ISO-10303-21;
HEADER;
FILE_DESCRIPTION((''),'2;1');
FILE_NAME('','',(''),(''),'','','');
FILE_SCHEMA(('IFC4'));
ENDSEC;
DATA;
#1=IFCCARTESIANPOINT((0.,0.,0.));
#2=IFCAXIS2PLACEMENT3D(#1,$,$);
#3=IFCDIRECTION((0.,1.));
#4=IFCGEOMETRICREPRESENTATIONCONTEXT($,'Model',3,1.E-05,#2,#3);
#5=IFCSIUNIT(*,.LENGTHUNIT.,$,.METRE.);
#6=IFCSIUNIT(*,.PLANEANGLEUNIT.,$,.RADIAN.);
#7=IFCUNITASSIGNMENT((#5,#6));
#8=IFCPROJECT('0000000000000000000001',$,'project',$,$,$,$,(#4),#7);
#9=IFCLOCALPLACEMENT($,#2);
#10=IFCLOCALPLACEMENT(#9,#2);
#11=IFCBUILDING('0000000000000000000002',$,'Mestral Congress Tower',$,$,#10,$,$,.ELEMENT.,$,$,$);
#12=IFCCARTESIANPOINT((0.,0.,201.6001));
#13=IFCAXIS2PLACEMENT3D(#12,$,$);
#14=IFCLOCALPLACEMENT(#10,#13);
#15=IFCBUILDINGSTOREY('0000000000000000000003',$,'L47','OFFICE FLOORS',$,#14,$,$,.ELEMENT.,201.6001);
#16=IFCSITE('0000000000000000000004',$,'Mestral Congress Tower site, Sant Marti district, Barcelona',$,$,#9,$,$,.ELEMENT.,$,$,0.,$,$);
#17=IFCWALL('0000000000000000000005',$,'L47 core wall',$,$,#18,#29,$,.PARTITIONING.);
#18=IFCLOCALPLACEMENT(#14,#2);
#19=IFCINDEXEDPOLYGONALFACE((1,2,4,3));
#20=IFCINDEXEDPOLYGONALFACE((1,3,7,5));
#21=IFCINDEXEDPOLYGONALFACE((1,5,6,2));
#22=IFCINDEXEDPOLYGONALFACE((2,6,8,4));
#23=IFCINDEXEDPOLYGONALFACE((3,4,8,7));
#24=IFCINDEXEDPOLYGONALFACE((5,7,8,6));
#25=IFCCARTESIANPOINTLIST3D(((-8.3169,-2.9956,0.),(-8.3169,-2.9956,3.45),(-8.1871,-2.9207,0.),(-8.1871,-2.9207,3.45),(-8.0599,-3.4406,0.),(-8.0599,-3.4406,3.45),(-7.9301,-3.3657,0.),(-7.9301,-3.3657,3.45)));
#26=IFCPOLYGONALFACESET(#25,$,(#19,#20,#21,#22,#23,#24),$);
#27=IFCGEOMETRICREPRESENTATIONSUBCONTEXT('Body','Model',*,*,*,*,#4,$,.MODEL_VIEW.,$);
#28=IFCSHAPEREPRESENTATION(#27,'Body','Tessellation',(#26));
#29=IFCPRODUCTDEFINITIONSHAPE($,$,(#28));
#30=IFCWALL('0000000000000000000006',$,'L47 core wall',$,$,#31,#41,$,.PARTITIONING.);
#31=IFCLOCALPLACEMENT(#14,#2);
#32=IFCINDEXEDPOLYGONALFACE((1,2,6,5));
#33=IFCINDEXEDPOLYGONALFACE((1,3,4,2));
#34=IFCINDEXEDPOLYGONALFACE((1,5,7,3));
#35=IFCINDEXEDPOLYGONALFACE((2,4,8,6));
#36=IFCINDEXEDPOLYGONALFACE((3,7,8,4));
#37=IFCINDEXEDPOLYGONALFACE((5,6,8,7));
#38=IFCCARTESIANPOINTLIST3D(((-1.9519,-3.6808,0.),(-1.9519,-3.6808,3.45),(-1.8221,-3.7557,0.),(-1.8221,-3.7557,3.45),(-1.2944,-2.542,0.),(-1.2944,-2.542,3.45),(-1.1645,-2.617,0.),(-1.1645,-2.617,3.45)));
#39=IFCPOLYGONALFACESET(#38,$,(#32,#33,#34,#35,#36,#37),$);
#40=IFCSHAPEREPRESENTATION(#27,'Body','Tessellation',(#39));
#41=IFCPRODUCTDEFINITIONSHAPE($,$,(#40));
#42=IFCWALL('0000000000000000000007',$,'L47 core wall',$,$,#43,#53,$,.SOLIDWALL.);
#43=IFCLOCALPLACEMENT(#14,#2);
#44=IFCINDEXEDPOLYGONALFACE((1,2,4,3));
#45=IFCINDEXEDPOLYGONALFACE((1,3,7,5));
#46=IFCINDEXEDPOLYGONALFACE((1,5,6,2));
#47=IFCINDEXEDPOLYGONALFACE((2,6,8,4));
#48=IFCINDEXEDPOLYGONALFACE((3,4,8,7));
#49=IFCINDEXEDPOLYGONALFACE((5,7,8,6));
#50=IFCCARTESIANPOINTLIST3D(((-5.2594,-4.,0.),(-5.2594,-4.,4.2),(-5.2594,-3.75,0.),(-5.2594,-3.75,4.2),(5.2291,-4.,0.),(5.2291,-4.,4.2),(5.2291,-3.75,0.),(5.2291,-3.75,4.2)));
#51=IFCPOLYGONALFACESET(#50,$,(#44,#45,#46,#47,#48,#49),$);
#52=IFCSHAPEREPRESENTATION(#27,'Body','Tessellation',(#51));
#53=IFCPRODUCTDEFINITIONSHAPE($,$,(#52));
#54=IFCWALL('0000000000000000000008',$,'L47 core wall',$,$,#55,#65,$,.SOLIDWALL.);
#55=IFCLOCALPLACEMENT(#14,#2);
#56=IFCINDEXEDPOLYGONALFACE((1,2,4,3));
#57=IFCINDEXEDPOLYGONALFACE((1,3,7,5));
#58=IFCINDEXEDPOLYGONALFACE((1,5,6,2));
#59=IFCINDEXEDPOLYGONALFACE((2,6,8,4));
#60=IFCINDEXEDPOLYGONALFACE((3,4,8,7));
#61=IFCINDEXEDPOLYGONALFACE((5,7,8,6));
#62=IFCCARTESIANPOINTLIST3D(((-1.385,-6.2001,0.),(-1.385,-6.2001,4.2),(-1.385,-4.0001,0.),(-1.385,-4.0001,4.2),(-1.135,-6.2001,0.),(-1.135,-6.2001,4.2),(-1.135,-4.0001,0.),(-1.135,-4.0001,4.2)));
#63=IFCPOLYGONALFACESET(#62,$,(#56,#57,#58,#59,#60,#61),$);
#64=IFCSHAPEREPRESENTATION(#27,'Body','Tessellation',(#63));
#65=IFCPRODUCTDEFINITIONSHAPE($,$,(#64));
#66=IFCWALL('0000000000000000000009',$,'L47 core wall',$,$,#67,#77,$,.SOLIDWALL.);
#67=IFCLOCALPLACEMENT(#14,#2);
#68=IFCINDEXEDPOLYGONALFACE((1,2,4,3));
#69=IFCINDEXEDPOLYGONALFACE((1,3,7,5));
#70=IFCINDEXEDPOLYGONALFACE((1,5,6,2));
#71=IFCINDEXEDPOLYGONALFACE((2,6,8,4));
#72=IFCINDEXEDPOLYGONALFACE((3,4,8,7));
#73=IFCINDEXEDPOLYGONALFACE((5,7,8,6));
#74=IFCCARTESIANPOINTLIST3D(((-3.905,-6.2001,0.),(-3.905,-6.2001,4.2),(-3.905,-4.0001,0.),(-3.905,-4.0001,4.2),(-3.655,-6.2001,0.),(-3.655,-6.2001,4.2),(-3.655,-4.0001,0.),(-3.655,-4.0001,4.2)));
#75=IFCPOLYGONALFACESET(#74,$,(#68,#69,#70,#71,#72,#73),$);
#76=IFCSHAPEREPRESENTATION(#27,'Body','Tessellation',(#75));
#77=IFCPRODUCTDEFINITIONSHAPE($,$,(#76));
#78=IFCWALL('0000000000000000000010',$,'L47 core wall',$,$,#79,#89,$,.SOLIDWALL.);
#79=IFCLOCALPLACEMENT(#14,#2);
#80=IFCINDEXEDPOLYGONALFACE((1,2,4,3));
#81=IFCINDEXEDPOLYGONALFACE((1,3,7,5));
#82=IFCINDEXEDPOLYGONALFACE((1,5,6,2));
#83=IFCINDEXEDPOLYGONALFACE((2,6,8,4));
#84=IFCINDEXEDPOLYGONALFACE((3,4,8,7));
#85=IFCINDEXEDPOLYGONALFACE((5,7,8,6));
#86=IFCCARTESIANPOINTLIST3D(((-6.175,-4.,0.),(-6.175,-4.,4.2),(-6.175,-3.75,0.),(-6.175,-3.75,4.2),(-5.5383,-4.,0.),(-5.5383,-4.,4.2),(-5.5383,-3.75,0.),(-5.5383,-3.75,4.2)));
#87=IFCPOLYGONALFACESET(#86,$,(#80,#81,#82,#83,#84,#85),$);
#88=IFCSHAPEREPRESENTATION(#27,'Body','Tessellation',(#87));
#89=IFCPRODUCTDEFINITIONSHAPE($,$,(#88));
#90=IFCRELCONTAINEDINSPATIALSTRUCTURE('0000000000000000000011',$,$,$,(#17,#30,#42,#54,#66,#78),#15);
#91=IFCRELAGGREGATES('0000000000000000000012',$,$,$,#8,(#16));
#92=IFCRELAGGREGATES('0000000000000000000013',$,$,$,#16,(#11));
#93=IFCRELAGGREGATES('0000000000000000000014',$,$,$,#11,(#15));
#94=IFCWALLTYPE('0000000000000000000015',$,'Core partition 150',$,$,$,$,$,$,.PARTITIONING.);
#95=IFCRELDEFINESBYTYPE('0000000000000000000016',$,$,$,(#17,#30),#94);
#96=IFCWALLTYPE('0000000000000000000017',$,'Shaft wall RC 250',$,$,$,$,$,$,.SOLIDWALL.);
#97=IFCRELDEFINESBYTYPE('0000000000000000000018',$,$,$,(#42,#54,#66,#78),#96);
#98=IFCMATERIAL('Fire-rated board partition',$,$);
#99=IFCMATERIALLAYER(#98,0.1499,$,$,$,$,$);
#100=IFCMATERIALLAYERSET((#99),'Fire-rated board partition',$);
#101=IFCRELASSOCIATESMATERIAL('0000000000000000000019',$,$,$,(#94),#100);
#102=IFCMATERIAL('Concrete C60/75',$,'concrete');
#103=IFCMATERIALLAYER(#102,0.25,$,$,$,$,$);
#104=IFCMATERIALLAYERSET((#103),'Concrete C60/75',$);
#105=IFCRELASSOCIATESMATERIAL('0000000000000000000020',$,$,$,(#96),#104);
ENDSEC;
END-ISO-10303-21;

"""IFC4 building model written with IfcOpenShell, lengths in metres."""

from ifc_helpers import new_model, si_unit, direction, frame, frame_2d, origin, place, context, subcontext, project, spatial, rectangle, extrude, material, layer, layer_set, type_object, element, save


model = new_model("IFC4")

# Units and contexts
model_context = context("Model", 3, precision=1e-05, world=origin(), true_north=direction((0.0, 1.0)))
body_context = subcontext(model_context, "Body", "Model", "MODEL_VIEW")
ifc_project = project(units=[si_unit("LENGTHUNIT", "METRE"), si_unit("PLANEANGLEUNIT", "RADIAN")], contexts=[model_context])

# Site, building, storey
site_placement = place(None, origin())
site = spatial("IfcSite", under=ifc_project, at=site_placement, Name="Mestral Congress Tower site, Sant Marti district, Barcelona", CompositionType="ELEMENT", RefElevation=0.0)
building_placement = place(site_placement, origin())
building = spatial("IfcBuilding", under=site, at=building_placement, Name="Mestral Congress Tower", CompositionType="ELEMENT")
storey_placement = place(building_placement, frame((0.0, 0.0, 201.6001)))
storey = spatial("IfcBuildingStorey", under=building, at=storey_placement, Name="L47", Description="OFFICE FLOORS", CompositionType="ELEMENT", Elevation=201.6001)

# Walls
ifc_material_1 = material(Name="Fire-rated board partition")
ifc_layer_1 = layer(ifc_material_1, 0.1499)
ifc_layer_set_1 = layer_set([ifc_layer_1], Name="Fire-rated board partition")
wall_type_1 = type_object("IfcWallType", Name="Core partition 150", PredefinedType="PARTITIONING", material=ifc_layer_set_1)
wall_1_placement = place(storey_placement, frame((-8.252, -2.9583, 0.0), z_axis=(0.0, 0.0, 1.0), x_axis=(0.500175, -0.865925, 0.0)))
element("IfcWall", 1, at=wall_1_placement, inside=storey, type_object=wall_type_1, Name="L47 core wall", PredefinedType="PARTITIONING", context=body_context, shape_type="SweptSolid", body=[
    extrude(rectangle(XDim=0.5139, YDim=0.1499, at=frame_2d((0.2568, 0.0))), origin(), (0.0, 0.0, 1.0), 3.45),
])
wall_2_placement = place(storey_placement, frame((-1.887, -3.7183, 0.0), z_axis=(0.0, 0.0, 1.0), x_axis=(0.500033, 0.866006, 0.0)))
element("IfcWall", 2, at=wall_2_placement, inside=storey, type_object=wall_type_1, Name="L47 core wall", PredefinedType="PARTITIONING", context=body_context, shape_type="SweptSolid", body=[
    extrude(rectangle(XDim=1.3149, YDim=0.1499, at=frame_2d((0.6575, 0.0))), origin(), (0.0, 0.0, 1.0), 3.45),
])
ifc_material_2 = material(Name="Concrete C60/75", Category="concrete")
ifc_layer_2 = layer(ifc_material_2, 0.25)
ifc_layer_set_2 = layer_set([ifc_layer_2], Name="Concrete C60/75")
wall_type_2 = type_object("IfcWallType", Name="Shaft wall RC 250", PredefinedType="SOLIDWALL", material=ifc_layer_set_2)
wall_3_placement = place(storey_placement, frame((-5.2593, -3.875, 0.0), z_axis=(0.0, 0.0, 1.0), x_axis=(1.0, 0.0, 0.0)))
element("IfcWall", 3, at=wall_3_placement, inside=storey, type_object=wall_type_2, Name="L47 core wall", PredefinedType="SOLIDWALL", context=body_context, shape_type="SweptSolid", body=[
    extrude(rectangle(XDim=10.4885, YDim=0.25, at=frame_2d((5.2441, 0.0))), origin(), (0.0, 0.0, 1.0), 4.2),
])
for number, where, z_axis, x_axis, name in (
    (4, (-1.26, -4.0, 0.0), (0.0, 0.0, 1.0), (0.0, -1.0, 0.0), "L47 core wall"),
    (5, (-3.78, -4.0, 0.0), (0.0, 0.0, 1.0), (0.0, -1.0, 0.0), "L47 core wall"),
):
    element("IfcWall", number, at=place(storey_placement, frame(where, z_axis=z_axis, x_axis=x_axis)), inside=storey, type_object=wall_type_2, Name=name, PredefinedType="SOLIDWALL", context=body_context, shape_type="SweptSolid", body=[
        extrude(rectangle(XDim=2.2, YDim=0.25, at=frame_2d((1.1001, 0.0))), origin(), (0.0, 0.0, 1.0), 4.2),
    ])
wall_4_placement = place(storey_placement, frame((-6.175, -3.875, 0.0), z_axis=(0.0, 0.0, 1.0), x_axis=(1.0, 0.0, 0.0)))
element("IfcWall", 6, at=wall_4_placement, inside=storey, type_object=wall_type_2, Name="L47 core wall", PredefinedType="SOLIDWALL", context=body_context, shape_type="SweptSolid", body=[
    extrude(rectangle(XDim=0.6367, YDim=0.25, at=frame_2d((0.3184, 0.0))), origin(), (0.0, 0.0, 1.0), 4.2),
])

save(model, "model.ifc")
